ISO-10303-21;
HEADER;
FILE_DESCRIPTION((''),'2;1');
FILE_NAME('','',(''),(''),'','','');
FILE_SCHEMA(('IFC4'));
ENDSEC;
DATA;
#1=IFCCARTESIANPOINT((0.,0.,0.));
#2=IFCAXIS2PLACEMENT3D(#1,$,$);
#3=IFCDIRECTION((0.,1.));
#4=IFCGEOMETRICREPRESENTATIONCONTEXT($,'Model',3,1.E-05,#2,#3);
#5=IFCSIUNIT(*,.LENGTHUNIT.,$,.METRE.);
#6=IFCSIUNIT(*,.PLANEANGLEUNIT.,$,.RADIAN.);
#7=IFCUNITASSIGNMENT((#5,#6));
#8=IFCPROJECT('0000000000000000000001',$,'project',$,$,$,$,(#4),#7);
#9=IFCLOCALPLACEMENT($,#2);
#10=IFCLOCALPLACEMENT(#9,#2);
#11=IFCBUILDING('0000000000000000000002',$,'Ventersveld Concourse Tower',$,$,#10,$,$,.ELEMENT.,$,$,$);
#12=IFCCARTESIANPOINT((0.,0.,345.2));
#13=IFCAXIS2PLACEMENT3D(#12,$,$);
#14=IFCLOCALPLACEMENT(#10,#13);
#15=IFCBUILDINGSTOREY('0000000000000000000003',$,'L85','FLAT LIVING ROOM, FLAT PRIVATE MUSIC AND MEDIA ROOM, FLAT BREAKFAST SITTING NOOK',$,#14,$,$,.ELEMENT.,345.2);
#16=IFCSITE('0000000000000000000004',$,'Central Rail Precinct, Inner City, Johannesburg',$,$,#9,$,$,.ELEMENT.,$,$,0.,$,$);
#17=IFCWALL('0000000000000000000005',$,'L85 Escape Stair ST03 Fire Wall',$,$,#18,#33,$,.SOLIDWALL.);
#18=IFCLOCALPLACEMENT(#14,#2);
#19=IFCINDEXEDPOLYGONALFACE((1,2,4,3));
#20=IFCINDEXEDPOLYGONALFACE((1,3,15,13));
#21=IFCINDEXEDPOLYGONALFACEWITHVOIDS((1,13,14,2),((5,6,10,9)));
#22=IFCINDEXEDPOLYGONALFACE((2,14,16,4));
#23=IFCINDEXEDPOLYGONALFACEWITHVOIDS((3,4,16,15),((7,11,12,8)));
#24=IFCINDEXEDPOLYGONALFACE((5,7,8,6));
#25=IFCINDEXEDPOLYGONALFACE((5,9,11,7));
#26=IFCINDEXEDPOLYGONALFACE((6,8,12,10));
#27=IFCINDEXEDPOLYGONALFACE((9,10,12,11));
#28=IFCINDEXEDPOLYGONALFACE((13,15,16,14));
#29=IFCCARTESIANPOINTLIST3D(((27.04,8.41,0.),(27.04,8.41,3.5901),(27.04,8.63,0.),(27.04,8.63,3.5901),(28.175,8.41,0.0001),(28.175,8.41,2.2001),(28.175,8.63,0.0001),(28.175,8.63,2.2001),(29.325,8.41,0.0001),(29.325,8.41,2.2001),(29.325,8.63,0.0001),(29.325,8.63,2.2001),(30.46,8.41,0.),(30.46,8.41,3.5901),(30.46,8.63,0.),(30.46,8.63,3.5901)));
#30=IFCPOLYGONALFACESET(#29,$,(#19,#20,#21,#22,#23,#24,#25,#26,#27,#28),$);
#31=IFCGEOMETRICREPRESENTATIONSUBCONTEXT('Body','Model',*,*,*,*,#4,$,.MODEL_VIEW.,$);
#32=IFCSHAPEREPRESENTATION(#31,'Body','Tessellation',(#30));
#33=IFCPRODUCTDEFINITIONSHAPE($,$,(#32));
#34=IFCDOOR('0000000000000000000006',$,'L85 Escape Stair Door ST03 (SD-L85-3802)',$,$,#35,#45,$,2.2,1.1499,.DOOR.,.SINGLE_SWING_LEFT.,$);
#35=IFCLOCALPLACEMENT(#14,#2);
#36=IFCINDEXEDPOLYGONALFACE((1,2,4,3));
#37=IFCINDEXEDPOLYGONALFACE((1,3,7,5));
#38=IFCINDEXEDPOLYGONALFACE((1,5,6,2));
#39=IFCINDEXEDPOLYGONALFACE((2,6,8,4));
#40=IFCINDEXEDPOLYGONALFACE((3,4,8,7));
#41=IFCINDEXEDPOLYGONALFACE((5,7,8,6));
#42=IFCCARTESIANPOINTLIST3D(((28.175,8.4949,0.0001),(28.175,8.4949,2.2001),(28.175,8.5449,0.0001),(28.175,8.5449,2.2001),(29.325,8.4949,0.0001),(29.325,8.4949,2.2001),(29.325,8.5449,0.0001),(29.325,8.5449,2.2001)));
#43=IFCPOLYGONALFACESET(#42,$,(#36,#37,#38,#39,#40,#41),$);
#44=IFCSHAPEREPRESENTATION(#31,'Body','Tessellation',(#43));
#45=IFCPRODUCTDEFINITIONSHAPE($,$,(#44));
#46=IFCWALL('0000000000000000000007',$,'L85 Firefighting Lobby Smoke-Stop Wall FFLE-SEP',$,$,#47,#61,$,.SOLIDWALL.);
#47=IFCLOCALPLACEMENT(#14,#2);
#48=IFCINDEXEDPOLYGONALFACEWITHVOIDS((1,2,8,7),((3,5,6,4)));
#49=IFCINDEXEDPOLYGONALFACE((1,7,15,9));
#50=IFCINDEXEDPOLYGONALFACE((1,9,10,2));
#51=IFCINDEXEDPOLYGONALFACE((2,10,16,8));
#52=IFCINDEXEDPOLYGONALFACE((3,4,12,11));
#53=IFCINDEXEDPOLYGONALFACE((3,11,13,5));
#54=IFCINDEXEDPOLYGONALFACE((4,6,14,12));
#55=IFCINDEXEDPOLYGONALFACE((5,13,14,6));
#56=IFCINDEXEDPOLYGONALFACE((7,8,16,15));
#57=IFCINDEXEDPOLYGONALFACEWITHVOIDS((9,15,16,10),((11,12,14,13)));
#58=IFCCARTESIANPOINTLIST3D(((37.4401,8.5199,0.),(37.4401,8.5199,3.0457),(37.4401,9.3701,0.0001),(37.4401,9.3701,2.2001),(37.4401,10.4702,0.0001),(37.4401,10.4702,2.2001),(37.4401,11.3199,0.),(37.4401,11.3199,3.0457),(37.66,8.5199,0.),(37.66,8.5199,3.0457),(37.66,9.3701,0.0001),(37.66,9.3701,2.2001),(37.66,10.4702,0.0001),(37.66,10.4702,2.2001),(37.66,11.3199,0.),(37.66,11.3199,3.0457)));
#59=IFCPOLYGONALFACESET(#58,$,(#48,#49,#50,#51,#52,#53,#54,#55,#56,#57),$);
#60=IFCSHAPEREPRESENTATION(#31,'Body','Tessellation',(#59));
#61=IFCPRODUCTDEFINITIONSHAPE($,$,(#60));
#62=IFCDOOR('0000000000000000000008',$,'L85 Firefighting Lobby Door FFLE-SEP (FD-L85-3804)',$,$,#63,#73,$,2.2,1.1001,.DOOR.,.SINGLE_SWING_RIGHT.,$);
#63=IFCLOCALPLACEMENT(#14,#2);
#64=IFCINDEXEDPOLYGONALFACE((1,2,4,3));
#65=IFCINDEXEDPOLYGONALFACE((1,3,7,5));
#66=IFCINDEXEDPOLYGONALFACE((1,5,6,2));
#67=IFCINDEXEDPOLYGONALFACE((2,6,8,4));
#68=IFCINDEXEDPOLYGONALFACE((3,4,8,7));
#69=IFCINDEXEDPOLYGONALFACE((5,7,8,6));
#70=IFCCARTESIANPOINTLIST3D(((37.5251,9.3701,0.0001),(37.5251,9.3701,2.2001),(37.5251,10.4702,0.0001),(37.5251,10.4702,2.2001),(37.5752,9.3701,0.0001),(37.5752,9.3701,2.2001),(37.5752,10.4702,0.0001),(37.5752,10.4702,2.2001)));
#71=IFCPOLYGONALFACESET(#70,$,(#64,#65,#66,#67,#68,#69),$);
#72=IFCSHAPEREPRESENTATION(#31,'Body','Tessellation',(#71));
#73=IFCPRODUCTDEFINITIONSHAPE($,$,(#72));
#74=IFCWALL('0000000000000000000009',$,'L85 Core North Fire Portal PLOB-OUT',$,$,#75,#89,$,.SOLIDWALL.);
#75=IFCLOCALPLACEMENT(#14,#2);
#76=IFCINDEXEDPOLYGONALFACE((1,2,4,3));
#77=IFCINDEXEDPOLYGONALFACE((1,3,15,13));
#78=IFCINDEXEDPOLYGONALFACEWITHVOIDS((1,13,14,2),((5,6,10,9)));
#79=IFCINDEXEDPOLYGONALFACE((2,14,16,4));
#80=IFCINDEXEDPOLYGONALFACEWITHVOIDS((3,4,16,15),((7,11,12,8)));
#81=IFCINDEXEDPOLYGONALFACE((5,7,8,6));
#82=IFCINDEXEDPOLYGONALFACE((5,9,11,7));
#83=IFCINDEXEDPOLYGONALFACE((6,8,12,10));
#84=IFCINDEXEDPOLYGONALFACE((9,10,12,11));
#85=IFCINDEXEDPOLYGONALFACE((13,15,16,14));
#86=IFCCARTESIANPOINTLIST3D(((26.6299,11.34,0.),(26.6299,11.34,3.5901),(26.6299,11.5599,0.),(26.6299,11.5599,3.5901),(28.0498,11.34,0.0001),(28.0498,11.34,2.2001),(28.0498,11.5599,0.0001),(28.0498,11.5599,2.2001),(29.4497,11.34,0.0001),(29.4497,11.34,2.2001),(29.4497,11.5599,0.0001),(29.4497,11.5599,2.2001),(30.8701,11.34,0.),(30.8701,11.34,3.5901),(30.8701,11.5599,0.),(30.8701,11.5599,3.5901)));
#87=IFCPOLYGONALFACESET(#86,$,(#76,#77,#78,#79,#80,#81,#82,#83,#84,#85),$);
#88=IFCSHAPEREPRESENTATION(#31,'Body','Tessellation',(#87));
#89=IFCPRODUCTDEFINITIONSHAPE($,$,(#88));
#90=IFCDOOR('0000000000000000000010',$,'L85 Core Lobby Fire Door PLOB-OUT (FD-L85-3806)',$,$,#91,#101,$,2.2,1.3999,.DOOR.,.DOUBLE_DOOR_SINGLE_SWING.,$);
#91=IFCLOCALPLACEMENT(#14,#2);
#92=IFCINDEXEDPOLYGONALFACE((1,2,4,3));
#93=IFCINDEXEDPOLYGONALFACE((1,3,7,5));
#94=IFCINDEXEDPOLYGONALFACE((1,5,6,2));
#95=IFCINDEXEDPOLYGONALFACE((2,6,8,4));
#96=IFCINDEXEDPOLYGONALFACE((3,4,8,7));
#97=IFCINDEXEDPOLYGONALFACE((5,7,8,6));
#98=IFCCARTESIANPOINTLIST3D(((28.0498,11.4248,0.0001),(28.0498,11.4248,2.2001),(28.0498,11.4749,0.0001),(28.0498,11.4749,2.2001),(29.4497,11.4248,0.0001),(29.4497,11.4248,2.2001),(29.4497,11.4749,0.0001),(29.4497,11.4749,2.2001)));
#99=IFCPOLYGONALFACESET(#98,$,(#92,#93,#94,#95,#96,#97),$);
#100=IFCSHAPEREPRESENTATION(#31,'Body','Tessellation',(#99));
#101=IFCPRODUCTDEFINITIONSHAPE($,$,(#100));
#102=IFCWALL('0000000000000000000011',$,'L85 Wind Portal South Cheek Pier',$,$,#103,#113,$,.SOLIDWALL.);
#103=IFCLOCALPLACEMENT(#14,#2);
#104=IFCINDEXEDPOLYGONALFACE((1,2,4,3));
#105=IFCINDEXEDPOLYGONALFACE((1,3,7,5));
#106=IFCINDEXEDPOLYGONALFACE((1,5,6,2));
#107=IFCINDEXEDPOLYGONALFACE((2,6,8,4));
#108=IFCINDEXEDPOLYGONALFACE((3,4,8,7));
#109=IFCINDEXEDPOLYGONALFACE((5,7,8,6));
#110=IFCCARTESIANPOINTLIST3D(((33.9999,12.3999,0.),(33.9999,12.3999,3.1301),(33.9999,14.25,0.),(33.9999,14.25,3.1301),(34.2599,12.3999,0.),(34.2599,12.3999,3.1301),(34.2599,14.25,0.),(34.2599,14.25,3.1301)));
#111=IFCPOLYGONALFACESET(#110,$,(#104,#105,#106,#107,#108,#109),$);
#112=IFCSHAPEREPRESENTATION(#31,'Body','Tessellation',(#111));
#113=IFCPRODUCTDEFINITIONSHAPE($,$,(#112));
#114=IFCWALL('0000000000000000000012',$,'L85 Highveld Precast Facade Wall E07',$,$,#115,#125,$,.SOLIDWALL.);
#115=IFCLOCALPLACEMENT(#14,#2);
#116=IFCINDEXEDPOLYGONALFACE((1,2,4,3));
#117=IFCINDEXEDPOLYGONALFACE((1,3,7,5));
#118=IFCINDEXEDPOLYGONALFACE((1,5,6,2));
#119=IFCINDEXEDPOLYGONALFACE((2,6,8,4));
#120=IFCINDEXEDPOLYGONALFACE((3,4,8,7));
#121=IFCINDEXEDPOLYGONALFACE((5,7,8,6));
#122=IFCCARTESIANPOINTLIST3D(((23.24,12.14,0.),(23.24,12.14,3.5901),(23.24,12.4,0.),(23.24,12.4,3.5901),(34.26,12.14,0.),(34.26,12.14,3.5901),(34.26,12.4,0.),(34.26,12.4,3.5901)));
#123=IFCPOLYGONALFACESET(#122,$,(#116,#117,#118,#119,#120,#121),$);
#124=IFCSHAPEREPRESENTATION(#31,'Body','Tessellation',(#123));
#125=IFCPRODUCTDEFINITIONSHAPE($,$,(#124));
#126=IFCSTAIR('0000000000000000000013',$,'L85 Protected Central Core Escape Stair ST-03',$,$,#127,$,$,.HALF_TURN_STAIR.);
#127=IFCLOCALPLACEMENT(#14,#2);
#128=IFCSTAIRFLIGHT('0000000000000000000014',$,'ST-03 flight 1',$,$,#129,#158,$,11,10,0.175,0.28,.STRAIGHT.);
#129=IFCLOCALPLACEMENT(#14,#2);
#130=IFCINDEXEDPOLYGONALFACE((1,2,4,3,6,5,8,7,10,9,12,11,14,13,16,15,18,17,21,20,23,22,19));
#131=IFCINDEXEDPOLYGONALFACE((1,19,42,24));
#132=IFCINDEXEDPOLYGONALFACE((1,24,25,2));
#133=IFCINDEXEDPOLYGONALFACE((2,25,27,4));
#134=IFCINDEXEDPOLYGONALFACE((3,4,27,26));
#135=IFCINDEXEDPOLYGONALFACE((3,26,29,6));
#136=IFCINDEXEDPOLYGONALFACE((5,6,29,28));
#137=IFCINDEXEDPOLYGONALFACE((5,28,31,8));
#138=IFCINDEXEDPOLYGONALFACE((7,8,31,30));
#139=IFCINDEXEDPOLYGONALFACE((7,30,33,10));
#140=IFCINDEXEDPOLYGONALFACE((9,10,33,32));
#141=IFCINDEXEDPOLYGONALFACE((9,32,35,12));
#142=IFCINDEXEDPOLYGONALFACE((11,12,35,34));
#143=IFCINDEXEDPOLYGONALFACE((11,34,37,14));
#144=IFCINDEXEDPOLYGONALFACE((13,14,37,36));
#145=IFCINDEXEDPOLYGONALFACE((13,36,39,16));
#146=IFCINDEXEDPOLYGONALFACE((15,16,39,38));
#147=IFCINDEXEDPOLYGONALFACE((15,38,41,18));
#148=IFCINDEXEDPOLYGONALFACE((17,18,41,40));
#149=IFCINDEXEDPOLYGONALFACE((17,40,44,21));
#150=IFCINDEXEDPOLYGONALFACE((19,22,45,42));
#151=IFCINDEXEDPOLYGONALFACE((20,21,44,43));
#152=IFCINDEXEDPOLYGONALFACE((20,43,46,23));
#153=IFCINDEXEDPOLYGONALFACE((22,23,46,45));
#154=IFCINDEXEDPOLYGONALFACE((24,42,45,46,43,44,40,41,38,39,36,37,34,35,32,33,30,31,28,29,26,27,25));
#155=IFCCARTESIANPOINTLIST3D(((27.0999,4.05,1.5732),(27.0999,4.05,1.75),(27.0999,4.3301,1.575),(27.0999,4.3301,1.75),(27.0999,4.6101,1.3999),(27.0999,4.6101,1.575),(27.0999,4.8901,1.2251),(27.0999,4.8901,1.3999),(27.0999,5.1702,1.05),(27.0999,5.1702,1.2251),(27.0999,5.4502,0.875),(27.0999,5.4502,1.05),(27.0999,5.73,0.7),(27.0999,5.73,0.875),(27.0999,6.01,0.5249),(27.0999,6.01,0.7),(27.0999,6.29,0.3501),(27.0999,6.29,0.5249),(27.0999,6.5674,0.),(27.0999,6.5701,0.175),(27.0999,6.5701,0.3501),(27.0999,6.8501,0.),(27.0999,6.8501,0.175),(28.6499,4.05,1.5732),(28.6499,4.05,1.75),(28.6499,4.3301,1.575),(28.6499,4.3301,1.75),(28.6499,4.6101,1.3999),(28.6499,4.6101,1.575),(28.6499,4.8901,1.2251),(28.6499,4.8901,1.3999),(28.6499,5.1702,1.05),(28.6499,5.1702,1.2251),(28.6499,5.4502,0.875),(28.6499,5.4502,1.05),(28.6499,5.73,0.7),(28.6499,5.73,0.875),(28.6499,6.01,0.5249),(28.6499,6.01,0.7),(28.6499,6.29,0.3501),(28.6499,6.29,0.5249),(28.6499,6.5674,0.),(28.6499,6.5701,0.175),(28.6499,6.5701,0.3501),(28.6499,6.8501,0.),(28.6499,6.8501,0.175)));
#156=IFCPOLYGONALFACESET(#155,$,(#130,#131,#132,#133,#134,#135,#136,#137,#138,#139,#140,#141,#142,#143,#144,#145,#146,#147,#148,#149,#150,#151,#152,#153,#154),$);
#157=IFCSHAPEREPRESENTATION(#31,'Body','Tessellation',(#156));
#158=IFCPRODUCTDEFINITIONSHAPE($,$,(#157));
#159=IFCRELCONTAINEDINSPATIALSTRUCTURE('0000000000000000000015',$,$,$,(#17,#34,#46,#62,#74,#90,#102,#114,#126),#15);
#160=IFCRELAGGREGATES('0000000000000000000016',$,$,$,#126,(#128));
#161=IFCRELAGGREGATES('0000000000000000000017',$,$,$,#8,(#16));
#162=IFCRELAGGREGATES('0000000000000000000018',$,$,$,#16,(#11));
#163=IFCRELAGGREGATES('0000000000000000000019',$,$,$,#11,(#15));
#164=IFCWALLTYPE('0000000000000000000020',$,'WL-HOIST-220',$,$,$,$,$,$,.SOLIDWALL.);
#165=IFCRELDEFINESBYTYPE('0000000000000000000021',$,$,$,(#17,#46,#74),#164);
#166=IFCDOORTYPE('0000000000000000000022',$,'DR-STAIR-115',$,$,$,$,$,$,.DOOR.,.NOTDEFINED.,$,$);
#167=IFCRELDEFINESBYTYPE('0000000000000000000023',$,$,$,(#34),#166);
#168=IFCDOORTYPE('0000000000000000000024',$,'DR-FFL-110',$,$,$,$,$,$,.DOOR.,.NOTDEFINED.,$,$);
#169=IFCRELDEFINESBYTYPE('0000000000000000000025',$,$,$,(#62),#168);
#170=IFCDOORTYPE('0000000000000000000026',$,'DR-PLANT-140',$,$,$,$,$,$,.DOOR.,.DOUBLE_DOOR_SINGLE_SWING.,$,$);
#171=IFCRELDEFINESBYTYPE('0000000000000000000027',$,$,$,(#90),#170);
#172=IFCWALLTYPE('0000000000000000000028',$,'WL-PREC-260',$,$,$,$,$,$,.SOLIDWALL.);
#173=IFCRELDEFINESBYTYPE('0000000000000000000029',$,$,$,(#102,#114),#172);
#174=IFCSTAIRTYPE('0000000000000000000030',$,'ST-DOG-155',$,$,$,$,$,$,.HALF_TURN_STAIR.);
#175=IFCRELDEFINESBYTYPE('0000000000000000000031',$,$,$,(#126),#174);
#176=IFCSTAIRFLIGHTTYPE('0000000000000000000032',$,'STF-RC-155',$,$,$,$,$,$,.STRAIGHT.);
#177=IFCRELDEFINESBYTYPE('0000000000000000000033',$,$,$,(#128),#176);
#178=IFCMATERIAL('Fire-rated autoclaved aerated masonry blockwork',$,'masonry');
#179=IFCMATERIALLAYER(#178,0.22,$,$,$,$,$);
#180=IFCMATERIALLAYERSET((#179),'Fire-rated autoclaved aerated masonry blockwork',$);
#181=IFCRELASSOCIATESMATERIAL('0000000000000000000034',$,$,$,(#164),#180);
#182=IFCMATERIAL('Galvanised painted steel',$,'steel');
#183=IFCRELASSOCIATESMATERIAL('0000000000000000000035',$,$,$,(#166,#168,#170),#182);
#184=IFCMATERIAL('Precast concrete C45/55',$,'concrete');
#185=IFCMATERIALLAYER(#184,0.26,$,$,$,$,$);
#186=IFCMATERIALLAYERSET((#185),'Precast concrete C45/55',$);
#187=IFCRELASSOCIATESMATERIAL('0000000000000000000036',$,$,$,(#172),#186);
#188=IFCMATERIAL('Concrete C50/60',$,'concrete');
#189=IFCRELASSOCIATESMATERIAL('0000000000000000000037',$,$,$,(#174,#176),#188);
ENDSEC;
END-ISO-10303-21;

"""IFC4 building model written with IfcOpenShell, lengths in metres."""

from ifc_helpers import new_model, si_unit, direction, frame, frame_2d, origin, place, context, subcontext, project, spatial, polyline, rectangle, outline, extrude, material, layer, layer_set, type_object, element, fill, aggregate, save


model = new_model("IFC4")

# Units and contexts
model_context = context("Model", 3, precision=1e-05, world=origin(), true_north=direction((0.0, 1.0)))
body_context = subcontext(model_context, "Body", "Model", "MODEL_VIEW")
ifc_project = project(units=[si_unit("LENGTHUNIT", "METRE"), si_unit("PLANEANGLEUNIT", "RADIAN")], contexts=[model_context])

# Site, building, storey
site_placement = place(None, origin())
site = spatial("IfcSite", under=ifc_project, at=site_placement, Name="Central Rail Precinct, Inner City, Johannesburg", CompositionType="ELEMENT", RefElevation=0.0)
building_placement = place(site_placement, origin())
building = spatial("IfcBuilding", under=site, at=building_placement, Name="Ventersveld Concourse Tower", CompositionType="ELEMENT")
storey_placement = place(building_placement, frame((0.0, 0.0, 345.2)))
storey = spatial("IfcBuildingStorey", under=building, at=storey_placement, Name="L85", Description="FLAT LIVING ROOM, FLAT PRIVATE MUSIC AND MEDIA ROOM, FLAT BREAKFAST SITTING NOOK", CompositionType="ELEMENT", Elevation=345.2)

# Shared definitions
ifc_material_1 = material(Name="Concrete C50/60", Category="concrete")

# Shared definitions
ifc_material_2 = material(Name="Fire-rated autoclaved aerated masonry blockwork", Category="masonry")
ifc_layer_1 = layer(ifc_material_2, 0.22)
ifc_layer_set_1 = layer_set([ifc_layer_1], Name="Fire-rated autoclaved aerated masonry blockwork")
wall_type_1 = type_object("IfcWallType", Name="WL-HOIST-220", PredefinedType="SOLIDWALL", material=ifc_layer_set_1)

# Walls, openings, doors
wall_1_placement = place(storey_placement, frame((27.04, 8.52, 0.0), z_axis=(0.0, 0.0, 1.0), x_axis=(1.0, 0.0, 0.0)))
wall_1 = element("IfcWall", 1, at=wall_1_placement, inside=storey, type_object=wall_type_1, Name="L85 Escape Stair ST03 Fire Wall", PredefinedType="SOLIDWALL", context=body_context, shape_type="SweptSolid", body=[
    extrude(rectangle(XDim=3.4199, YDim=0.22, at=frame_2d((1.71, 0.0))), origin(), (0.0, 0.0, 1.0), 3.5901),
])
opening_1_placement = place(wall_1_placement, frame((1.135, 0.0, 0.0)))
opening_1 = element("IfcOpeningElement", 2, at=opening_1_placement, cuts=wall_1, PredefinedType="OPENING", context=body_context, shape_type="SweptSolid", body=[
    extrude(rectangle(XDim=1.1499, YDim=2.2, at=frame_2d((0.575, 1.1001))), frame((0.0, 0.1201, 0.0), z_axis=(0.0, -1.0, 0.0), x_axis=(1.0, 0.0, 0.0)), (0.0, 0.0, 1.0), 0.24),
])
ifc_material_3 = material(Name="Galvanised painted steel", Category="steel")
door_type_1 = type_object("IfcDoorType", Name="DR-STAIR-115", OperationType="NOTDEFINED", PredefinedType="DOOR", material=ifc_material_3)
door_1_placement = place(opening_1_placement, origin())
door_1 = element("IfcDoor", 3, at=door_1_placement, inside=storey, type_object=door_type_1, Name="L85 Escape Stair Door ST03 (SD-L85-3802)", OperationType="SINGLE_SWING_LEFT", OverallHeight=2.2, OverallWidth=1.1499, PredefinedType="DOOR", context=body_context, shape_type="SweptSolid", body=[
    extrude(rectangle(XDim=1.1499, YDim=2.2, at=frame_2d((0.575, 1.1001))), frame((0.0, 0.0249, 0.0), z_axis=(0.0, -1.0, 0.0), x_axis=(1.0, 0.0, 0.0)), (0.0, 0.0, 1.0), 0.05),
])
fill(opening_1, door_1)
wall_2_placement = place(storey_placement, frame((37.55, 8.52, 0.0), z_axis=(0.0, 0.0, 1.0), x_axis=(0.0, 1.0, 0.0)))
wall_2 = element("IfcWall", 4, at=wall_2_placement, inside=storey, type_object=wall_type_1, Name="L85 Firefighting Lobby Smoke-Stop Wall FFLE-SEP", PredefinedType="SOLIDWALL", context=body_context, shape_type="SweptSolid", body=[
    extrude(rectangle(XDim=2.8, YDim=0.22, at=frame_2d((1.3999, 0.0))), origin(), (0.0, 0.0, 1.0), 3.0457),
])
opening_2_placement = place(wall_2_placement, frame((0.8501, 0.0, 0.0)))
opening_2 = element("IfcOpeningElement", 5, at=opening_2_placement, cuts=wall_2, PredefinedType="OPENING", context=body_context, shape_type="SweptSolid", body=[
    extrude(rectangle(XDim=1.1001, YDim=2.2, at=frame_2d((0.55, 1.1001))), frame((0.0, 0.1201, 0.0), z_axis=(0.0, -1.0, 0.0), x_axis=(1.0, 0.0, 0.0)), (0.0, 0.0, 1.0), 0.24),
])
door_type_2 = type_object("IfcDoorType", Name="DR-FFL-110", OperationType="NOTDEFINED", PredefinedType="DOOR", material=ifc_material_3)
door_2_placement = place(opening_2_placement, origin())
door_2 = element("IfcDoor", 6, at=door_2_placement, inside=storey, type_object=door_type_2, Name="L85 Firefighting Lobby Door FFLE-SEP (FD-L85-3804)", OperationType="SINGLE_SWING_RIGHT", OverallHeight=2.2, OverallWidth=1.1001, PredefinedType="DOOR", context=body_context, shape_type="SweptSolid", body=[
    extrude(rectangle(XDim=1.1001, YDim=2.2, at=frame_2d((0.55, 1.1001))), frame((0.0, 0.0249, 0.0), z_axis=(0.0, -1.0, 0.0), x_axis=(1.0, 0.0, 0.0)), (0.0, 0.0, 1.0), 0.05),
])
fill(opening_2, door_2)
wall_3_placement = place(storey_placement, frame((26.6299, 11.45, 0.0), z_axis=(0.0, 0.0, 1.0), x_axis=(1.0, 0.0, 0.0)))
wall_3 = element("IfcWall", 7, at=wall_3_placement, inside=storey, type_object=wall_type_1, Name="L85 Core North Fire Portal PLOB-OUT", PredefinedType="SOLIDWALL", context=body_context, shape_type="SweptSolid", body=[
    extrude(rectangle(XDim=4.2402, YDim=0.22, at=frame_2d((2.1201, 0.0))), origin(), (0.0, 0.0, 1.0), 3.5901),
])
opening_3_placement = place(wall_3_placement, frame((1.4199, 0.0, 0.0)))
opening_3 = element("IfcOpeningElement", 8, at=opening_3_placement, cuts=wall_3, PredefinedType="OPENING", context=body_context, shape_type="SweptSolid", body=[
    extrude(rectangle(XDim=1.3999, YDim=2.2, at=frame_2d((0.7, 1.1001))), frame((0.0, 0.1201, 0.0), z_axis=(0.0, -1.0, 0.0), x_axis=(1.0, 0.0, 0.0)), (0.0, 0.0, 1.0), 0.24),
])
door_type_3 = type_object("IfcDoorType", Name="DR-PLANT-140", OperationType="DOUBLE_DOOR_SINGLE_SWING", PredefinedType="DOOR", material=ifc_material_3)
door_3_placement = place(opening_3_placement, origin())
door_3 = element("IfcDoor", 9, at=door_3_placement, inside=storey, type_object=door_type_3, Name="L85 Core Lobby Fire Door PLOB-OUT (FD-L85-3806)", OperationType="DOUBLE_DOOR_SINGLE_SWING", OverallHeight=2.2, OverallWidth=1.3999, PredefinedType="DOOR", context=body_context, shape_type="SweptSolid", body=[
    extrude(rectangle(XDim=1.3999, YDim=2.2, at=frame_2d((0.7, 1.1001))), frame((0.0, 0.0249, 0.0), z_axis=(0.0, -1.0, 0.0), x_axis=(1.0, 0.0, 0.0)), (0.0, 0.0, 1.0), 0.05),
])
fill(opening_3, door_3)

# Walls
ifc_material_4 = material(Name="Precast concrete C45/55", Category="concrete")
ifc_layer_2 = layer(ifc_material_4, 0.26)
ifc_layer_set_2 = layer_set([ifc_layer_2], Name="Precast concrete C45/55")
wall_type_2 = type_object("IfcWallType", Name="WL-PREC-260", PredefinedType="SOLIDWALL", material=ifc_layer_set_2)
wall_4_placement = place(storey_placement, frame((34.1299, 12.3999, 0.0), z_axis=(0.0, 0.0, 1.0), x_axis=(0.0, 1.0, 0.0)))
element("IfcWall", 10, at=wall_4_placement, inside=storey, type_object=wall_type_2, Name="L85 Wind Portal South Cheek Pier", PredefinedType="SOLIDWALL", context=body_context, shape_type="SweptSolid", body=[
    extrude(rectangle(XDim=1.8501, YDim=0.26, at=frame_2d((0.925, 0.0))), origin(), (0.0, 0.0, 1.0), 3.1301),
])
wall_5_placement = place(storey_placement, frame((34.26, 12.27, 0.0), z_axis=(0.0, 0.0, 1.0), x_axis=(-1.0, 0.0, 0.0)))
element("IfcWall", 11, at=wall_5_placement, inside=storey, type_object=wall_type_2, Name="L85 Highveld Precast Facade Wall E07", PredefinedType="SOLIDWALL", context=body_context, shape_type="SweptSolid", body=[
    extrude(rectangle(XDim=11.02, YDim=0.26, at=frame_2d((5.51, 0.0))), origin(), (0.0, 0.0, 1.0), 3.5901),
])

# Stair, stair flight
stair_type = type_object("IfcStairType", Name="ST-DOG-155", PredefinedType="HALF_TURN_STAIR", material=ifc_material_1)
stair_placement = place(storey_placement, origin())
stair = element("IfcStair", 12, at=stair_placement, inside=storey, type_object=stair_type, Name="L85 Protected Central Core Escape Stair ST-03", PredefinedType="HALF_TURN_STAIR")
stair_flight_type = type_object("IfcStairFlightType", Name="STF-RC-155", PredefinedType="STRAIGHT", material=ifc_material_1)
stair_flight_placement = place(storey_placement, frame((27.875, 6.8501, 0.0), z_axis=(0.0, 0.0, 1.0), x_axis=(0.0, -1.0, 0.0)))
stair_flight = element("IfcStairFlight", 13, at=stair_flight_placement, type_object=stair_flight_type, Name="ST-03 flight 1", NumberOfRisers=11, NumberOfTreads=10, PredefinedType="STRAIGHT", RiserHeight=0.175, TreadLength=0.28, context=body_context, shape_type="SweptSolid", body=[
    extrude(outline(polyline([(0.0, 0.0), (0.0, 0.175), (0.28, 0.175), (0.28, 0.3501), (0.5601, 0.3501), (0.5601, 0.5249), (0.8401, 0.5249), (0.8401, 0.7), (1.1201, 0.7), (1.1201, 0.875), (1.3999, 0.875), (1.3999, 1.05), (1.6799, 1.05), (1.6799, 1.2251), (1.96, 1.2251), (1.96, 1.3999), (2.24, 1.3999), (2.24, 1.575), (2.52, 1.575), (2.52, 1.75), (2.8, 1.75), (2.8, 1.925), (2.8, 1.5732), (0.2827, 0.0), (0.0, 0.0)])), frame((0.0, 0.7749, 0.0), z_axis=(0.0, -1.0, 0.0), x_axis=(1.0, 0.0, 0.0)), (0.0, 0.0, 1.0), 1.55),
])
aggregate(stair, [stair_flight])

save(model, "model.ifc")
